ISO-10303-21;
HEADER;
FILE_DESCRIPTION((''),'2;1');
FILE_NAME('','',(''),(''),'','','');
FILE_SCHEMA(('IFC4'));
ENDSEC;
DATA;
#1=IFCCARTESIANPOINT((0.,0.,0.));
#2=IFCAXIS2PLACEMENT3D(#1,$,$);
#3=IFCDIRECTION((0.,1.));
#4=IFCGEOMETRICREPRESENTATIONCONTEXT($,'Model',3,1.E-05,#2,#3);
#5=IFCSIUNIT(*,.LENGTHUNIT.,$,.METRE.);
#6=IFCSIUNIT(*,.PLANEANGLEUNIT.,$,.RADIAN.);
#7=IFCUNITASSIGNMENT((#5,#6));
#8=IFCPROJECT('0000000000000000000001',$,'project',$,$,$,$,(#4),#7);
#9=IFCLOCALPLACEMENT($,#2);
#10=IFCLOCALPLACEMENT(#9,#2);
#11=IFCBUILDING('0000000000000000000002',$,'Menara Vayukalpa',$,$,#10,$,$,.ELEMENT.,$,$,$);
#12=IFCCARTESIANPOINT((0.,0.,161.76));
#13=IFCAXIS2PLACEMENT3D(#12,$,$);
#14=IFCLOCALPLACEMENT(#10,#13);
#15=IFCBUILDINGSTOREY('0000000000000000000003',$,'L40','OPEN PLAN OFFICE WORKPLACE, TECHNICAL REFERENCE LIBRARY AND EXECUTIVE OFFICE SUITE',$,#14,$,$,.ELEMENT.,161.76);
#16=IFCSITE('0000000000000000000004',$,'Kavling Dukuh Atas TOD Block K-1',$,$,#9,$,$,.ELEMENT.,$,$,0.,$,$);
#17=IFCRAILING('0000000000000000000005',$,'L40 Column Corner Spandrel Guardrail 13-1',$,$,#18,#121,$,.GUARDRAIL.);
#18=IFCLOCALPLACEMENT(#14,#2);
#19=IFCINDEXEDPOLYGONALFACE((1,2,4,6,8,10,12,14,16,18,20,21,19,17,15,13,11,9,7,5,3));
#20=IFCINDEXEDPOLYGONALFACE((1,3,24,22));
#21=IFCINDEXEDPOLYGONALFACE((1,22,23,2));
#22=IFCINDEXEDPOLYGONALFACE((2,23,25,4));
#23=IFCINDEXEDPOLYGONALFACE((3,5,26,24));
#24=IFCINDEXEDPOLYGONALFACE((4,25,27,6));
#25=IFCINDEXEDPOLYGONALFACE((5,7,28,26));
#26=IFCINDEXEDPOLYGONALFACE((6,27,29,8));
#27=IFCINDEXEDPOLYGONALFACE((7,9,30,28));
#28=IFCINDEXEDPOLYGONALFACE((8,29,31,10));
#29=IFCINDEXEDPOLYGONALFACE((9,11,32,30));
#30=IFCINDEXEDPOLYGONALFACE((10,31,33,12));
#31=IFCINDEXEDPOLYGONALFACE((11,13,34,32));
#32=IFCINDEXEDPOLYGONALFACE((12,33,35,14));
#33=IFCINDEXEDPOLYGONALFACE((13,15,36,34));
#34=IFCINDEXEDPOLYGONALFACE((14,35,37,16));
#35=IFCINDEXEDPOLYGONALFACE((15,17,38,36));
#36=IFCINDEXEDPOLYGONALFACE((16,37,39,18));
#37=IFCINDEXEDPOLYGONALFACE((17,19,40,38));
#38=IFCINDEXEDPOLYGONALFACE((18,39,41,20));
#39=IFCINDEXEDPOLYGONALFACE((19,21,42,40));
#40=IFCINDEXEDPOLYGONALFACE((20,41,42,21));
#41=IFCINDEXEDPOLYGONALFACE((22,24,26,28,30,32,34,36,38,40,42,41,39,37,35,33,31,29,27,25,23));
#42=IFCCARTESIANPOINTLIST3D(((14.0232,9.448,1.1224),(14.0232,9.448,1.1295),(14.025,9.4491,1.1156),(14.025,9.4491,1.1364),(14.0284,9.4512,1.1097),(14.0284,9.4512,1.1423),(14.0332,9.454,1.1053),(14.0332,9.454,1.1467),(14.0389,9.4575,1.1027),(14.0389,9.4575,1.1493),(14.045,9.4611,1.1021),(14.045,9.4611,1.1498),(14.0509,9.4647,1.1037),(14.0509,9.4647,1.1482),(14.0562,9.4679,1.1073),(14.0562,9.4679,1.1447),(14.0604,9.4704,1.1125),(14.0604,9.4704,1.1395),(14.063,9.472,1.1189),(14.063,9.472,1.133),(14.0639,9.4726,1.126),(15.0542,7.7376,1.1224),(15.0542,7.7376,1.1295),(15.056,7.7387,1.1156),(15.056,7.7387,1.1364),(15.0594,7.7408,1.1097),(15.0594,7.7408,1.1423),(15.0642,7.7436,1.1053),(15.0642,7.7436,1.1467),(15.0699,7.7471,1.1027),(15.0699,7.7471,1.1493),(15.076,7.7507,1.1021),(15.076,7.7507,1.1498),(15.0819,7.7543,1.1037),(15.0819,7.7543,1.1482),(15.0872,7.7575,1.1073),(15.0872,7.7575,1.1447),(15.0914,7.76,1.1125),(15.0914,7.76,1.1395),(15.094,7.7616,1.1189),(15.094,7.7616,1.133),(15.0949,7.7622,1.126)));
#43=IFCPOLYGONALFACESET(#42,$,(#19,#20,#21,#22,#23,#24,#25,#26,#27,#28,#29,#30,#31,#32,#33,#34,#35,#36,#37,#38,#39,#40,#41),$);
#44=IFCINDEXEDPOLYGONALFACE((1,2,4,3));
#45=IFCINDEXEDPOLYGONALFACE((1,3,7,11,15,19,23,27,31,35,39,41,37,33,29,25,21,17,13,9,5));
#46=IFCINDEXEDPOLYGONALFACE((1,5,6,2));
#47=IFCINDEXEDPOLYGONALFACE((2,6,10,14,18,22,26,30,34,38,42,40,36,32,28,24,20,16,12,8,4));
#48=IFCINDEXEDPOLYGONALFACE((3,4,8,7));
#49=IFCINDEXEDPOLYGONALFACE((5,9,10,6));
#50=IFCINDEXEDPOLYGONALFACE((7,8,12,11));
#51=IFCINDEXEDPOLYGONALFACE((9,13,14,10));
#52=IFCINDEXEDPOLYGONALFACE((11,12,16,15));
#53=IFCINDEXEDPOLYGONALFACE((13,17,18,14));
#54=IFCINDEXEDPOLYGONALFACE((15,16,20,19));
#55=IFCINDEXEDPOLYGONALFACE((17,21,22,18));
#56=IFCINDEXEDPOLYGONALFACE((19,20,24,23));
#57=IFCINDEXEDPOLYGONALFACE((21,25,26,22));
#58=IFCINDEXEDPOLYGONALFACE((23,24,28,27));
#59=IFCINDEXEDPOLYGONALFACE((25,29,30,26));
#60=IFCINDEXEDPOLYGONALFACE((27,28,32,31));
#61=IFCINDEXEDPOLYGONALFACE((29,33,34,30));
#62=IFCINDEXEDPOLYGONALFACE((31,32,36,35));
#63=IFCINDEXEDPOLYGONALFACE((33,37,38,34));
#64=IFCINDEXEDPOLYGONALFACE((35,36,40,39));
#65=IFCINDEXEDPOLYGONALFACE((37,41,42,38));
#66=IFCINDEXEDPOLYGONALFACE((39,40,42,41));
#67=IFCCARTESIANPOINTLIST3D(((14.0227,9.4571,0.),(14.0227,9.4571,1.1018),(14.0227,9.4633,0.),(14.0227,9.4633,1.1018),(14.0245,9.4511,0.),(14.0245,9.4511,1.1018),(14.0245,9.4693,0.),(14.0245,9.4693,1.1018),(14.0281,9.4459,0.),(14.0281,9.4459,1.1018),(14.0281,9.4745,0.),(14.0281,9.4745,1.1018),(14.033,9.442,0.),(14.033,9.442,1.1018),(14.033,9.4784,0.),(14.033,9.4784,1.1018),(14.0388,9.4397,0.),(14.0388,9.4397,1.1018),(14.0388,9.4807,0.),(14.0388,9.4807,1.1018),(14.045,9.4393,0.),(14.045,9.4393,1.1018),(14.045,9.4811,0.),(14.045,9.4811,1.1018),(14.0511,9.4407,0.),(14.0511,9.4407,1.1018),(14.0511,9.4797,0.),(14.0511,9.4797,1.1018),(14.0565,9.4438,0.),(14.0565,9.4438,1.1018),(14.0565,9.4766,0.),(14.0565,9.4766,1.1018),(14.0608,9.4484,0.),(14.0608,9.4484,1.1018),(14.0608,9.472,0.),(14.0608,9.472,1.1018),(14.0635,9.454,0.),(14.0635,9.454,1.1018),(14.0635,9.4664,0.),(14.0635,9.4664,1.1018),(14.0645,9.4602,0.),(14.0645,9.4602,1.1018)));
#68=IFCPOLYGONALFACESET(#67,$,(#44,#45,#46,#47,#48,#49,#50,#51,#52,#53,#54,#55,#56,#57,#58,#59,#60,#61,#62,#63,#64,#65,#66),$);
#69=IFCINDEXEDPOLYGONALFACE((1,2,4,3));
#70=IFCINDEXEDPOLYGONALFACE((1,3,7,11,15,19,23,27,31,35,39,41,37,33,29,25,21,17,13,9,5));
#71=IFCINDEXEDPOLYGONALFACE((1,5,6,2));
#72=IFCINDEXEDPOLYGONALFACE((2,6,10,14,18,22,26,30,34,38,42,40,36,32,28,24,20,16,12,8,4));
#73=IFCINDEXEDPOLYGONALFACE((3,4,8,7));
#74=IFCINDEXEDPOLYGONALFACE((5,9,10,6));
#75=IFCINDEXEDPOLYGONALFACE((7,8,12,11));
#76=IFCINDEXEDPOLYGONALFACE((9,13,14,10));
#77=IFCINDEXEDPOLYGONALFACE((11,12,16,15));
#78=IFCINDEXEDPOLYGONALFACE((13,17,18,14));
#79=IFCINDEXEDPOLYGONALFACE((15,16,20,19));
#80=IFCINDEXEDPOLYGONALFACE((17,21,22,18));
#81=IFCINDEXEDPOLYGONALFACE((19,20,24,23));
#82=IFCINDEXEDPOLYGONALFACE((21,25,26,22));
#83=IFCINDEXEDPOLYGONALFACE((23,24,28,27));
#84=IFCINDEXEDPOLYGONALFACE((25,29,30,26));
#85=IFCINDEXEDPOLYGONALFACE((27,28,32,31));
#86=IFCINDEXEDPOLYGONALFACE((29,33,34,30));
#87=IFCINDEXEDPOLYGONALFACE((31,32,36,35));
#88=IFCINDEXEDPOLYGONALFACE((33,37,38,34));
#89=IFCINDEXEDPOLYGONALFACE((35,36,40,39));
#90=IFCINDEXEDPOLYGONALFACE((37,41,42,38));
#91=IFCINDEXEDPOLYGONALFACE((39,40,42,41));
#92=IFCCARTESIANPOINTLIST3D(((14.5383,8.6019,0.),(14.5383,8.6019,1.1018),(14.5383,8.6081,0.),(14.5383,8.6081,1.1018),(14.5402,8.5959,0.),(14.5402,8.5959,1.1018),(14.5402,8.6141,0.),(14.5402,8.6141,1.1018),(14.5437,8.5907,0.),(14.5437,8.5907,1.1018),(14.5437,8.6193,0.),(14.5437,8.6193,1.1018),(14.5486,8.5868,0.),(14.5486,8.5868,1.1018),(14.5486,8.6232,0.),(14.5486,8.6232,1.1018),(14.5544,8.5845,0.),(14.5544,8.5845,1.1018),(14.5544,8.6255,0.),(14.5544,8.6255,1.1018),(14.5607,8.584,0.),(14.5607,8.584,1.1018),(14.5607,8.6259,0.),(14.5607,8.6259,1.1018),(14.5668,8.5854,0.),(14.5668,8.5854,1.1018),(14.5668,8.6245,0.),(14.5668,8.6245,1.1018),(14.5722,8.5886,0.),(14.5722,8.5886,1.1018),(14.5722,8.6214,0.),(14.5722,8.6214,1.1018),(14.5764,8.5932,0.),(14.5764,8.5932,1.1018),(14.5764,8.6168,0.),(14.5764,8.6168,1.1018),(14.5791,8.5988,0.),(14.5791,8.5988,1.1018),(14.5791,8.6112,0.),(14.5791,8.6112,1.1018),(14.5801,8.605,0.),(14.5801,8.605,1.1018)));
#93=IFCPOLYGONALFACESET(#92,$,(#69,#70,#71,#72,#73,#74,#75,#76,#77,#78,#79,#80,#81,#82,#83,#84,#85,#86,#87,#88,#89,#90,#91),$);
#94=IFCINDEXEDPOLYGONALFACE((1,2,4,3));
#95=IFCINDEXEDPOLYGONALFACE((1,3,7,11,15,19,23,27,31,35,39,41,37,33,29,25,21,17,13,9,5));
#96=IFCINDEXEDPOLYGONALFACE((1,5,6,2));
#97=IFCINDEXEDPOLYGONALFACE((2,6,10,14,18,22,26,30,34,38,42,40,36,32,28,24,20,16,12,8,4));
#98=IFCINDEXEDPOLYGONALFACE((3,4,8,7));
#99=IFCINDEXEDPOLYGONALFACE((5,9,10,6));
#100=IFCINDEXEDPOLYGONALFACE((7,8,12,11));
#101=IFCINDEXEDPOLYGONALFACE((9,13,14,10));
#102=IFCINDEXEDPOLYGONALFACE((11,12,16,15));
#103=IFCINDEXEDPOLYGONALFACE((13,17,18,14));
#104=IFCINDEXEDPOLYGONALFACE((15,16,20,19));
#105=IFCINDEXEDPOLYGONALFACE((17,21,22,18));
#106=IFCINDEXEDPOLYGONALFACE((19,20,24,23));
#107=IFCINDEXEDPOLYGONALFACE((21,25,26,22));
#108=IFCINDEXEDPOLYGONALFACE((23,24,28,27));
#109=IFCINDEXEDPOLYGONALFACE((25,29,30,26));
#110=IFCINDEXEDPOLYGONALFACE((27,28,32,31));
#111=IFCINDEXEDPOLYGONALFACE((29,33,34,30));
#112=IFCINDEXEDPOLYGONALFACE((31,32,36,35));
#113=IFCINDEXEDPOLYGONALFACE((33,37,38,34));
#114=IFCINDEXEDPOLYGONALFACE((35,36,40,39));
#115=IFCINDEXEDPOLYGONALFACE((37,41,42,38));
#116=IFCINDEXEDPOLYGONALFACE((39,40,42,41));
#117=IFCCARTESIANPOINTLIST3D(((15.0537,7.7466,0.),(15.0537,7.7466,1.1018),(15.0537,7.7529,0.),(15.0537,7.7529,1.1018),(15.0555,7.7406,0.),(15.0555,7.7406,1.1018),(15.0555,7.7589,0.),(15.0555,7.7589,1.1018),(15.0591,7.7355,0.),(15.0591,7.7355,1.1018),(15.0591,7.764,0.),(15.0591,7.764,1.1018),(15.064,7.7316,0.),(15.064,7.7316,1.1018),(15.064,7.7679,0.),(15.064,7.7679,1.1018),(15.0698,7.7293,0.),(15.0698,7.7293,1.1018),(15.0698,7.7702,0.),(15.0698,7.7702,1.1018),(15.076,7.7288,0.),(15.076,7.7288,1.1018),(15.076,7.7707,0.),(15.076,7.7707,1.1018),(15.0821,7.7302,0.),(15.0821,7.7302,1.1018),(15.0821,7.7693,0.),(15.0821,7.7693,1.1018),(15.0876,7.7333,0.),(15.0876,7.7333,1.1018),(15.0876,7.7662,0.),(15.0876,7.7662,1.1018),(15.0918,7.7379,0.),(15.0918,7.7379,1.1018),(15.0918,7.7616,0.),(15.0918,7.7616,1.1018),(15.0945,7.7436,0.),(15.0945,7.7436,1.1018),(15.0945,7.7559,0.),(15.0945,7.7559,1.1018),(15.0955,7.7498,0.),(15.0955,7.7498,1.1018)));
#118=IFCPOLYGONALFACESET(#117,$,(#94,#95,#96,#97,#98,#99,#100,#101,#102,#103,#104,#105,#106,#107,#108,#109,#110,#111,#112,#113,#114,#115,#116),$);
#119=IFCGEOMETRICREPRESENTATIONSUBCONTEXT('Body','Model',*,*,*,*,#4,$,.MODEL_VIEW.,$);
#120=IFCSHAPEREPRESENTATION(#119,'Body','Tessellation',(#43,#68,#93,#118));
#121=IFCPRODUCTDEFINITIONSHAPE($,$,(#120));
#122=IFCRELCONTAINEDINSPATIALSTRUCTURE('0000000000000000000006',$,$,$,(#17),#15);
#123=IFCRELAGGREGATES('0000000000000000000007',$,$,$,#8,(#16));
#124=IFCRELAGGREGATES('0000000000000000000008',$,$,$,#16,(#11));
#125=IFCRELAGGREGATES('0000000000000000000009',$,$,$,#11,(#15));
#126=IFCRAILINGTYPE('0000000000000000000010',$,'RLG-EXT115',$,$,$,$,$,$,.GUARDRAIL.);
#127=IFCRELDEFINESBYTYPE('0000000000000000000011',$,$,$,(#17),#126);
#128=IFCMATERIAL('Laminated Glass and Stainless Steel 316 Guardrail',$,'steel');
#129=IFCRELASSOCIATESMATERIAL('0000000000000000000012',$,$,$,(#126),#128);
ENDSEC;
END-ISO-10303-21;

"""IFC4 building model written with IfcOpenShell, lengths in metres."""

from ifc_helpers import new_model, si_unit, direction, frame, origin, origin_2d, place, context, subcontext, project, spatial, circle, extrude, material, type_object, element, save


model = new_model("IFC4")

# Units and contexts
model_context = context("Model", 3, precision=1e-05, world=origin(), true_north=direction((0.0, 1.0)))
body_context = subcontext(model_context, "Body", "Model", "MODEL_VIEW")
ifc_project = project(units=[si_unit("LENGTHUNIT", "METRE"), si_unit("PLANEANGLEUNIT", "RADIAN")], contexts=[model_context])

# Site, building, storey
site_placement = place(None, origin())
site = spatial("IfcSite", under=ifc_project, at=site_placement, Name="Kavling Dukuh Atas TOD Block K-1", CompositionType="ELEMENT", RefElevation=0.0)
building_placement = place(site_placement, origin())
building = spatial("IfcBuilding", under=site, at=building_placement, Name="Menara Vayukalpa", CompositionType="ELEMENT")
storey_placement = place(building_placement, frame((0.0, 0.0, 161.76)))
storey = spatial("IfcBuildingStorey", under=building, at=storey_placement, Name="L40", Description="OPEN PLAN OFFICE WORKPLACE, TECHNICAL REFERENCE LIBRARY AND EXECUTIVE OFFICE SUITE", CompositionType="ELEMENT", Elevation=161.76)

# Railing
ifc_material_1 = material(Name="Laminated Glass and Stainless Steel 316 Guardrail", Category="steel")
railing_type = type_object("IfcRailingType", Name="RLG-EXT115", PredefinedType="GUARDRAIL", material=ifc_material_1)
railing_1_placement = place(storey_placement, frame((14.0435, 9.4602, 0.0)))
element("IfcRailing", 1, at=railing_1_placement, inside=storey, type_object=railing_type, Name="L40 Column Corner Spandrel Guardrail 13-1", PredefinedType="GUARDRAIL", context=body_context, shape_type="SweptSolid", body=[
    extrude(circle(Radius=0.0239, at=origin_2d()), frame((0.0, 0.0, 1.126), z_axis=(0.516238, -0.856445, 0.0), x_axis=(0.856445, 0.516238, 0.0)), (0.0, 0.0, 1.0), 1.9971),
    extrude(circle(Radius=0.021, at=origin_2d()), origin(), (0.0, 0.0, 1.0), 1.1018),
    extrude(circle(Radius=0.021, at=origin_2d()), frame((0.5156, -0.8552, 0.0)), (0.0, 0.0, 1.0), 1.1018),
    extrude(circle(Radius=0.021, at=origin_2d()), frame((1.031, -1.7104, 0.0)), (0.0, 0.0, 1.0), 1.1018),
])

save(model, "model.ifc")
